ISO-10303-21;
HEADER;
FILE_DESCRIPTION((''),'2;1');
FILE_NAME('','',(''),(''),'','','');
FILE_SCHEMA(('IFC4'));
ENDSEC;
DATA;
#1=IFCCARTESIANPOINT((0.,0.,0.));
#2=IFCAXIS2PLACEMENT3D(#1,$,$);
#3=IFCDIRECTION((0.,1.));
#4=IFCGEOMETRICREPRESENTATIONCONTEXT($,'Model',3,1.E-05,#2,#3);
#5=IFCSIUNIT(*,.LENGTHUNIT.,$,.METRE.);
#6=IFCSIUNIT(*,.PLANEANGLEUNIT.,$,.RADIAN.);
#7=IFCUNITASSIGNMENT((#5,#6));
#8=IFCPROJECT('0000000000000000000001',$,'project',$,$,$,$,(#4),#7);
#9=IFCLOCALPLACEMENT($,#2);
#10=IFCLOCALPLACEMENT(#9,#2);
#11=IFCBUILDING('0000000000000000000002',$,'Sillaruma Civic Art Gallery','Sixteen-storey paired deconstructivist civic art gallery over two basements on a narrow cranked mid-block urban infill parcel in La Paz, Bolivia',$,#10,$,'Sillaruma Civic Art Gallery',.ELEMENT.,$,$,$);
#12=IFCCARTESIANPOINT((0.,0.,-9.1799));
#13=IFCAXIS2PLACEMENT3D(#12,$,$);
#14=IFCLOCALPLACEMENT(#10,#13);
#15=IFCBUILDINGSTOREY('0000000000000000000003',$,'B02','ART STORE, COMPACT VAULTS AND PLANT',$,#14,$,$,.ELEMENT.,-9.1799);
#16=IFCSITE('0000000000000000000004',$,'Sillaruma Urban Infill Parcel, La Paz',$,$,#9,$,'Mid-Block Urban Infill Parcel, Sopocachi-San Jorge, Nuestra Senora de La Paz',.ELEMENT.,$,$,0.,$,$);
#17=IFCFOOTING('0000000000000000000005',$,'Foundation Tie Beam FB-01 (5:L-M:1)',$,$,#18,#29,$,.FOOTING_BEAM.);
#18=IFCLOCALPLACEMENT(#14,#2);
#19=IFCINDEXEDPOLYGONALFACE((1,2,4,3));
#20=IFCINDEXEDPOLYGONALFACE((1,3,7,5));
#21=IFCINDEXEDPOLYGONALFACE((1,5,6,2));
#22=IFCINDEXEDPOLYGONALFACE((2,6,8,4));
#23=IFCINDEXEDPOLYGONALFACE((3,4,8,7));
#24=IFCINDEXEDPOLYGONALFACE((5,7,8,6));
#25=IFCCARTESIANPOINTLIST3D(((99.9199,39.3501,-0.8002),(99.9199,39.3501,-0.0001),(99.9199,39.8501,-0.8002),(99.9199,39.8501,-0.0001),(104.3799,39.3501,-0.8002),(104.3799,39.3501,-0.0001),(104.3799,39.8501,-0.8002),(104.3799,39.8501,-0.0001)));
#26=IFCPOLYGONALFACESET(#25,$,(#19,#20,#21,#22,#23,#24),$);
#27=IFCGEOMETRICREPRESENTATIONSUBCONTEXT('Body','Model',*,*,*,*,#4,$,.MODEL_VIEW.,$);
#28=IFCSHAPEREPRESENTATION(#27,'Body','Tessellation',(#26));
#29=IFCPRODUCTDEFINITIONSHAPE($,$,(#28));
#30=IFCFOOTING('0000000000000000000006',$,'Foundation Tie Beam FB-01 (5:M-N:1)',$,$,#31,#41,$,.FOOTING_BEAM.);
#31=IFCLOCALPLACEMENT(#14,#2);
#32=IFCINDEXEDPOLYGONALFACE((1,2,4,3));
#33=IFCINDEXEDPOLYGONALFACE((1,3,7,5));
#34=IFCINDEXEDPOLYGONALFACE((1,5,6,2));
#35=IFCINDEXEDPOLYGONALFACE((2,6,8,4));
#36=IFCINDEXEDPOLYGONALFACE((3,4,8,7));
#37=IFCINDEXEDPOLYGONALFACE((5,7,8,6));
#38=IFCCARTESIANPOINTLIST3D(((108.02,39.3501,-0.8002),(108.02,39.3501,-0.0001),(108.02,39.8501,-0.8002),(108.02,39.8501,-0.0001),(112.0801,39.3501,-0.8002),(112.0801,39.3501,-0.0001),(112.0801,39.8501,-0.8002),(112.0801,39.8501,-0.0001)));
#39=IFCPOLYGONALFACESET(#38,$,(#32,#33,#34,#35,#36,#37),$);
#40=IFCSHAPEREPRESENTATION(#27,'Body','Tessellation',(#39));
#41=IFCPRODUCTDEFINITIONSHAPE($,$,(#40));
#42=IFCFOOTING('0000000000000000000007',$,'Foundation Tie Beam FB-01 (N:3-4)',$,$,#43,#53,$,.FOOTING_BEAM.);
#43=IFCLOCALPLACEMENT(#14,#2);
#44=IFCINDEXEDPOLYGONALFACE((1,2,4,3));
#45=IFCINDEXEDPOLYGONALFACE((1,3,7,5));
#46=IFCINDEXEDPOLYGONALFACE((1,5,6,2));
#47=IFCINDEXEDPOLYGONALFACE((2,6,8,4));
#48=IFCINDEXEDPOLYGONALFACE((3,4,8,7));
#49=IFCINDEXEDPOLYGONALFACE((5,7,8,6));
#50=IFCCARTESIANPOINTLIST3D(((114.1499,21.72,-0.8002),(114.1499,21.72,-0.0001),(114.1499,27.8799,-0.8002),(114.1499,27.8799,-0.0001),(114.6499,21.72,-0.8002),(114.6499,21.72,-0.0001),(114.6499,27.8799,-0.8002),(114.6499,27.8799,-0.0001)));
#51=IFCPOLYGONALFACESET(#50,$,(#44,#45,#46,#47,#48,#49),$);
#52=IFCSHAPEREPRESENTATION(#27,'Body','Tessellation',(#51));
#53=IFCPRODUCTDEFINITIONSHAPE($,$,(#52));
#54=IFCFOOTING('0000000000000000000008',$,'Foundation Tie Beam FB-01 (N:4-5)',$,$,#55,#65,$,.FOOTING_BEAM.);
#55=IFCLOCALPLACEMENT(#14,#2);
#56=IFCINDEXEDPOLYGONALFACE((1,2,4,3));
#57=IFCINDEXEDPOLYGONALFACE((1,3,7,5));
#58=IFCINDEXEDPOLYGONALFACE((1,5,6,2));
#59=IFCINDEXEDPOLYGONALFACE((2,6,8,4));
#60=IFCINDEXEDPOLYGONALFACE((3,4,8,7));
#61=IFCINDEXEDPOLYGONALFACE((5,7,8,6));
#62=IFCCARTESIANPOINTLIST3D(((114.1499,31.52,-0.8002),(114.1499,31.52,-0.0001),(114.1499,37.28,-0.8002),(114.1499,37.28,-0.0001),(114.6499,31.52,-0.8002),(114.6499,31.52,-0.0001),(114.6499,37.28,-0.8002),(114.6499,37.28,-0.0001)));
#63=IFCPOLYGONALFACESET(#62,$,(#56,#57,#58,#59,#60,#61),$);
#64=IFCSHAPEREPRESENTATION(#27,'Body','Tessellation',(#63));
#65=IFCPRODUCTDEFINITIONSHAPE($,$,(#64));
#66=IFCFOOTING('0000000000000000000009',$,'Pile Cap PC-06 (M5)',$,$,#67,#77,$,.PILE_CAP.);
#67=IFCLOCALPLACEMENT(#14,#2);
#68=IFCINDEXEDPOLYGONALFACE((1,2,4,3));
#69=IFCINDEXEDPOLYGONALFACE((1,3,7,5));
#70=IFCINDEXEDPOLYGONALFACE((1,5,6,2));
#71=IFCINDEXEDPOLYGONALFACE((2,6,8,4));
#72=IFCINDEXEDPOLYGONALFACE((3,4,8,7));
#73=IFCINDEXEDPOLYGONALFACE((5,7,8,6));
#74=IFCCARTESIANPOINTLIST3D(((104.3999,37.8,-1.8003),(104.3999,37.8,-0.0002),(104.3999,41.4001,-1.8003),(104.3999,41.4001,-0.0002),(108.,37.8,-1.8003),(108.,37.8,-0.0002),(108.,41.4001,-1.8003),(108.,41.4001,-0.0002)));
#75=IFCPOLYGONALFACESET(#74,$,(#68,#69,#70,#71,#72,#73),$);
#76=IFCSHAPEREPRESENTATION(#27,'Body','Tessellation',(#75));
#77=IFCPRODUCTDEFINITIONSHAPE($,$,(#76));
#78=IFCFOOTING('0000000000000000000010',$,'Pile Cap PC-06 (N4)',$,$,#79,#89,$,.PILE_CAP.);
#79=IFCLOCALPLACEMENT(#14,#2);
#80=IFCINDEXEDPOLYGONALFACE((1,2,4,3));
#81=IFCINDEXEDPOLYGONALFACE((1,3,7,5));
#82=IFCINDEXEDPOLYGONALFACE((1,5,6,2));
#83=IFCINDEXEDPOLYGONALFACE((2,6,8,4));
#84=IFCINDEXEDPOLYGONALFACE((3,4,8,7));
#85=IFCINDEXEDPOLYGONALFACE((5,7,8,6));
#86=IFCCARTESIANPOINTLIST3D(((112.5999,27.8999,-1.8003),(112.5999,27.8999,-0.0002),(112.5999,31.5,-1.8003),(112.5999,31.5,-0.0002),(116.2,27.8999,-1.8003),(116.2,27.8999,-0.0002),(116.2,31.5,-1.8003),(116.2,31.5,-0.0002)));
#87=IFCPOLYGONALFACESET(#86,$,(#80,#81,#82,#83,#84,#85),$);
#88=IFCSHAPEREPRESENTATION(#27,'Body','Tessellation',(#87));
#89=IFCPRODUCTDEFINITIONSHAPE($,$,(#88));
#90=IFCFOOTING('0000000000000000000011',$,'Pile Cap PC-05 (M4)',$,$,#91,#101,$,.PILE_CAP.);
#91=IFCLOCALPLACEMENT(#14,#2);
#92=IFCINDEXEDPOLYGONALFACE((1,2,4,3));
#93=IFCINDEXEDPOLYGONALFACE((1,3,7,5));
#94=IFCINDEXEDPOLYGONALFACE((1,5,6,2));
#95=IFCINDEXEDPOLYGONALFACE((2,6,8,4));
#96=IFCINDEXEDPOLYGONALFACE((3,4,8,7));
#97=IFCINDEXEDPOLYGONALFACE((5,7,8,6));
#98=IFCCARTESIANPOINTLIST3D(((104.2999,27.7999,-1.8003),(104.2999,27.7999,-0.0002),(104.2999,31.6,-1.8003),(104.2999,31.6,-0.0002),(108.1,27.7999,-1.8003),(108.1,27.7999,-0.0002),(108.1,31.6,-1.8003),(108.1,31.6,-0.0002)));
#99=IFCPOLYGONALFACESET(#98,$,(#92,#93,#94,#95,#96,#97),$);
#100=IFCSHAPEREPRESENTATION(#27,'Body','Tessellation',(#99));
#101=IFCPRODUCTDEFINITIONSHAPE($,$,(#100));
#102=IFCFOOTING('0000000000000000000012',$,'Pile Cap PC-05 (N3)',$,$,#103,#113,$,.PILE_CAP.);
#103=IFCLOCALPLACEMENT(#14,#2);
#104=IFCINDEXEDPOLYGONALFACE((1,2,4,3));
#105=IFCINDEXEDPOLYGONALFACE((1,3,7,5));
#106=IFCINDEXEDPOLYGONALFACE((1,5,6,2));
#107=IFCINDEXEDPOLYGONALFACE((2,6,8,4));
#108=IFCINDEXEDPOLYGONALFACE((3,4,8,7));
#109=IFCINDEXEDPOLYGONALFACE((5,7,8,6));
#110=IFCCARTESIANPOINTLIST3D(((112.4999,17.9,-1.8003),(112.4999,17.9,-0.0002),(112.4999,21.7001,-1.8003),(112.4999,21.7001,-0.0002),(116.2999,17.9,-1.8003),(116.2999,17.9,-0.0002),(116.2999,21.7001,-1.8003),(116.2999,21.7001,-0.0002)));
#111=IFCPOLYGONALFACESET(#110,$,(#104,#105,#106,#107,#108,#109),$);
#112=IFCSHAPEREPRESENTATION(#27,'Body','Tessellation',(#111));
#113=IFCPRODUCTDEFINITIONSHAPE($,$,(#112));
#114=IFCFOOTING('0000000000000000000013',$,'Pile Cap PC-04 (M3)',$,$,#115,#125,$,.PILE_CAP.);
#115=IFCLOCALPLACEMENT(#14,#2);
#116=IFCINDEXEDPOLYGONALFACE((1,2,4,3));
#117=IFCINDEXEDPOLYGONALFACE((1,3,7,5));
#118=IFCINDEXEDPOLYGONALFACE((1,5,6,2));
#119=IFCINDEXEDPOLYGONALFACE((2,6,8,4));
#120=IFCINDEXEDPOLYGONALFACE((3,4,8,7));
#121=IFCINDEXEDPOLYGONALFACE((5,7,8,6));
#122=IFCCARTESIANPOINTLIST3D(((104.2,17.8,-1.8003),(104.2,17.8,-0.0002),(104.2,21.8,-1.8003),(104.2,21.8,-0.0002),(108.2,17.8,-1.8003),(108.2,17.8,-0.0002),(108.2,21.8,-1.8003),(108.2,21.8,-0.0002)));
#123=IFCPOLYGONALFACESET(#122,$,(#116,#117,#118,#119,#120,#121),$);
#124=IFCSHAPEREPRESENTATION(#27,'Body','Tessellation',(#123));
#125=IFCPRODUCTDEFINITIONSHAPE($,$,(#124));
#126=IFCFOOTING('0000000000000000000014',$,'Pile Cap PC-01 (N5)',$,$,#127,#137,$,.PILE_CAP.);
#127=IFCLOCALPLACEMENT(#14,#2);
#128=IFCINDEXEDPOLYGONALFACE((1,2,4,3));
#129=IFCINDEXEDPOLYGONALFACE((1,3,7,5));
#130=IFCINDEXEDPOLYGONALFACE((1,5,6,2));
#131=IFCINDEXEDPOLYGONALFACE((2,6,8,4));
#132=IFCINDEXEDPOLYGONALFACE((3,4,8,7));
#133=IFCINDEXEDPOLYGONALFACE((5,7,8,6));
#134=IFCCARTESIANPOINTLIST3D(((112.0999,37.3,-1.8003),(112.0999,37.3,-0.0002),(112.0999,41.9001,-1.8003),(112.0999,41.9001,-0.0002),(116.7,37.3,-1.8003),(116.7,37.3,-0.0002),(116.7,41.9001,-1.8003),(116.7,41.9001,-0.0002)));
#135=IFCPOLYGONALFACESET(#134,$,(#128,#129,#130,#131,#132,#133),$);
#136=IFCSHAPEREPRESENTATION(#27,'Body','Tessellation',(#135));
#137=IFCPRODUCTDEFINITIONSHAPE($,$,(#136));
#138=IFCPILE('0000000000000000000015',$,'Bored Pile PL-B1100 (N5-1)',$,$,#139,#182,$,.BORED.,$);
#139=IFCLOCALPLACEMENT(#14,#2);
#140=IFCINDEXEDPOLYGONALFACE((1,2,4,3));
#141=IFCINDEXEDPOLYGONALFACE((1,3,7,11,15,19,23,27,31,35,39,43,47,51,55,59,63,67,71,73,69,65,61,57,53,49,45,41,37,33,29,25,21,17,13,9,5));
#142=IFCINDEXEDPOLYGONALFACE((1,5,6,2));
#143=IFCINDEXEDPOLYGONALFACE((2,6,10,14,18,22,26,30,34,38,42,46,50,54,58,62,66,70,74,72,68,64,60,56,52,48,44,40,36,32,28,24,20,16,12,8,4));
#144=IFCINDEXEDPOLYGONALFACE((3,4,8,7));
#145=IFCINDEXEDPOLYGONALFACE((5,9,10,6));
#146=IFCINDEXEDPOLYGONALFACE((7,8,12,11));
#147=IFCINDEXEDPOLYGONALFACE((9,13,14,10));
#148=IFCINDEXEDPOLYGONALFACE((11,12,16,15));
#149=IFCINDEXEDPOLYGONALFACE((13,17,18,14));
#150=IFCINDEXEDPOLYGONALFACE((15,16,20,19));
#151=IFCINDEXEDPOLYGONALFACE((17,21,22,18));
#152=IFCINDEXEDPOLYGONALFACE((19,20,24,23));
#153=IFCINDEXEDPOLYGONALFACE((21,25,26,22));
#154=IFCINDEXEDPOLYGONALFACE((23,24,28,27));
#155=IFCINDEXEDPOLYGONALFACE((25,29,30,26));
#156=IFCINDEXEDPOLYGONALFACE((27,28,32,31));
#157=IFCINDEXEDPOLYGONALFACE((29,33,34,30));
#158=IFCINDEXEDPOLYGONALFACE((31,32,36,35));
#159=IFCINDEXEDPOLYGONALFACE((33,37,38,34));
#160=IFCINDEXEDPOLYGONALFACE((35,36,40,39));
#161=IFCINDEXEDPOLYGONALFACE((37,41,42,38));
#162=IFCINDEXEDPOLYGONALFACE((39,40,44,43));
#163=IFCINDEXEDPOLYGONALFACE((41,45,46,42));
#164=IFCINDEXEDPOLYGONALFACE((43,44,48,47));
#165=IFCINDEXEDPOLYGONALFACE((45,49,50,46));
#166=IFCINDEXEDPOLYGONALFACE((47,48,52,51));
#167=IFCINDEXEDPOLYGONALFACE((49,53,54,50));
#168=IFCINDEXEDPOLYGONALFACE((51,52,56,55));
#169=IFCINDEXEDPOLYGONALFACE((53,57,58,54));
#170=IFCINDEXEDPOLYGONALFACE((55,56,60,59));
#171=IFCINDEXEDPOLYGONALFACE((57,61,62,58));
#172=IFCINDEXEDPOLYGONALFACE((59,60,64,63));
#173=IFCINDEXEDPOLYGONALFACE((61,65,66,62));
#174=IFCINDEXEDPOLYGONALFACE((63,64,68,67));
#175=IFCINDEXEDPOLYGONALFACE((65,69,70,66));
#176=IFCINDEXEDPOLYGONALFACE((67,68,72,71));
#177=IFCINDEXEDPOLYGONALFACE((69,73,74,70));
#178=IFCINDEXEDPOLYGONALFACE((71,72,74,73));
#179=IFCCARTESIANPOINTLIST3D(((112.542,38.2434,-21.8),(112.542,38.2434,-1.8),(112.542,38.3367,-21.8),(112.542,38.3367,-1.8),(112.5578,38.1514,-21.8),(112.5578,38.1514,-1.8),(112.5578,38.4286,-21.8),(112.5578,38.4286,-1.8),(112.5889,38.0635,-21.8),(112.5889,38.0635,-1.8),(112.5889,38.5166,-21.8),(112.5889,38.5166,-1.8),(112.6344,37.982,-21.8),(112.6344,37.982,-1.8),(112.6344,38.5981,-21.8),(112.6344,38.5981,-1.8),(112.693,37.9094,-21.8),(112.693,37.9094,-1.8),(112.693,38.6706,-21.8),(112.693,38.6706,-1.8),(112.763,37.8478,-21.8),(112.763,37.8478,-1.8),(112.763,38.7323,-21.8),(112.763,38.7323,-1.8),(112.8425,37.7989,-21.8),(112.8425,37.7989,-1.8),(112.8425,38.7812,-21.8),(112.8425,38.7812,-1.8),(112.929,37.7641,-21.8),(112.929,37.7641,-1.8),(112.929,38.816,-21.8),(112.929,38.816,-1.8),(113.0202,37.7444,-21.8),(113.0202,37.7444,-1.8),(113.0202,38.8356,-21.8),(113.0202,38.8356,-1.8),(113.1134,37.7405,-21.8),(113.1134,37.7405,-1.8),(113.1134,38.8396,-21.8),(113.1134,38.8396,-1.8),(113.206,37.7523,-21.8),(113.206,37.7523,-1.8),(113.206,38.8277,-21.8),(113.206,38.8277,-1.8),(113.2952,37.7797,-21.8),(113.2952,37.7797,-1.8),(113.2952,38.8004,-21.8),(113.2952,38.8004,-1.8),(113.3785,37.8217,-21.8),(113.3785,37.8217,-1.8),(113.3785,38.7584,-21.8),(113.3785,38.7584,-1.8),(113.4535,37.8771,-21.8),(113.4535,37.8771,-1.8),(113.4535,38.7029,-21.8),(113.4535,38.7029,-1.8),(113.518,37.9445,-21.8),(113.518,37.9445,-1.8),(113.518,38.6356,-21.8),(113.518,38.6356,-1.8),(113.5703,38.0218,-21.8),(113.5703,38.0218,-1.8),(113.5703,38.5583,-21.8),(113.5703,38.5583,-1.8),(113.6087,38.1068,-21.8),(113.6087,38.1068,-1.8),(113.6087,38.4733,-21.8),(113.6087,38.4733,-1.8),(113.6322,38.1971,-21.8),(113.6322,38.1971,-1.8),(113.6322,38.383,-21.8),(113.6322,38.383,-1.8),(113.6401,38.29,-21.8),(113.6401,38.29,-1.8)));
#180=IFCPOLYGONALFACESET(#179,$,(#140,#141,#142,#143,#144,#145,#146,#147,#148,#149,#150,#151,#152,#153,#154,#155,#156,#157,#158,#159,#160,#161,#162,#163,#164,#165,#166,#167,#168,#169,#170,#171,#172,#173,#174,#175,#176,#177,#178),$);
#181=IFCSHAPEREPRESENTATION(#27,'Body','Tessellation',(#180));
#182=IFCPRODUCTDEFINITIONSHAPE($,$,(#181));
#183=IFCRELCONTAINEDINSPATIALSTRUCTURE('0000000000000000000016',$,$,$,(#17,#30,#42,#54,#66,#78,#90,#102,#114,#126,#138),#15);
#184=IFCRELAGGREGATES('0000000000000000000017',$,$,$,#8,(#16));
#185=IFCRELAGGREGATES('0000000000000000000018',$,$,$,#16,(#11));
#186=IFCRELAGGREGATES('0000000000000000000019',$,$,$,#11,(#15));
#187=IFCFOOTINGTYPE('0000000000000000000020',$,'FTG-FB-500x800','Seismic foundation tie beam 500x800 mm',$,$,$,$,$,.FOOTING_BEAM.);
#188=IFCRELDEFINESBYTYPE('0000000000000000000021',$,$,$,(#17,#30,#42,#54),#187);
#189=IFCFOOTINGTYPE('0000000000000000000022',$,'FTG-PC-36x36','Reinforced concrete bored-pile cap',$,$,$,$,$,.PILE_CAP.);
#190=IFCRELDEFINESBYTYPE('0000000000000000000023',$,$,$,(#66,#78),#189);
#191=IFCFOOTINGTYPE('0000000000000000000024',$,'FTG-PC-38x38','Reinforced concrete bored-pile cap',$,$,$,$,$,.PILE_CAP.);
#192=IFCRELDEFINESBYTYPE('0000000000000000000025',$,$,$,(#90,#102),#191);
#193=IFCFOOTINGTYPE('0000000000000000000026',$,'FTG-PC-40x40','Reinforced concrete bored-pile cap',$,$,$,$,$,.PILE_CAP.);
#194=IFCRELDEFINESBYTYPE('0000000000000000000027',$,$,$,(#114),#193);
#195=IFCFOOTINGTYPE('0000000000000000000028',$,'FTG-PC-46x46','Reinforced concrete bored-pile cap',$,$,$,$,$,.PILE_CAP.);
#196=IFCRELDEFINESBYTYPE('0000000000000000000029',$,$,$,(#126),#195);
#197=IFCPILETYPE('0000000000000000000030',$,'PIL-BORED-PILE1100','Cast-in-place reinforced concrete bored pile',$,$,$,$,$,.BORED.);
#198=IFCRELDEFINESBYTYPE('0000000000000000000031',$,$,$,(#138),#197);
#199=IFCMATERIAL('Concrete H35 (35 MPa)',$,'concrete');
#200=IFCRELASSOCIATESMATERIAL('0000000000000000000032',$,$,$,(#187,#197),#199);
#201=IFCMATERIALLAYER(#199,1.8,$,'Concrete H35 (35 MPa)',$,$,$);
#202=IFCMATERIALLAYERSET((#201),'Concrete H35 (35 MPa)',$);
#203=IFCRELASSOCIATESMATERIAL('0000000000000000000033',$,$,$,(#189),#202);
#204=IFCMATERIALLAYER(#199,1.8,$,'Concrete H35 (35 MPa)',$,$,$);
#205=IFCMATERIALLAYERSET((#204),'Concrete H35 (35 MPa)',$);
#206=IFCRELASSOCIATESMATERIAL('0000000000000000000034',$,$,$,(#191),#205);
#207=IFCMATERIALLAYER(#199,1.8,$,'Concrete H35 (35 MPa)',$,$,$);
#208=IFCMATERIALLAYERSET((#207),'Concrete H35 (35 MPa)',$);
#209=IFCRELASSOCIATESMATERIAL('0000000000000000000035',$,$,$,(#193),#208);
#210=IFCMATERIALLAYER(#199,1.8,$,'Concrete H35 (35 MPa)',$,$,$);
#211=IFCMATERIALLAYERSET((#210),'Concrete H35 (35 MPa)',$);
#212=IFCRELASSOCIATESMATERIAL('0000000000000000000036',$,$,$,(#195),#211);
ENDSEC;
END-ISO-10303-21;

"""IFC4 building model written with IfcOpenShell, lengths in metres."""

from ifc_helpers import new_model, si_unit, direction, frame, origin, origin_2d, place, context, subcontext, project, spatial, rectangle, circle, extrude, material, layer, layer_set, material_profile, profile_set, type_object, element, save


model = new_model("IFC4")

# Units and contexts
model_context = context("Model", 3, precision=1e-05, world=origin(), true_north=direction((0.0, 1.0)))
body_context = subcontext(model_context, "Body", "Model", "MODEL_VIEW")
ifc_project = project(units=[si_unit("LENGTHUNIT", "METRE"), si_unit("PLANEANGLEUNIT", "RADIAN")], contexts=[model_context])

# Site, building, storey
site_placement = place(None, origin())
site = spatial("IfcSite", under=ifc_project, at=site_placement, Name="Sillaruma Urban Infill Parcel, La Paz", LongName="Mid-Block Urban Infill Parcel, Sopocachi-San Jorge, Nuestra Senora de La Paz", CompositionType="ELEMENT", RefElevation=0.0)
building_placement = place(site_placement, origin())
building = spatial("IfcBuilding", under=site, at=building_placement, Name="Sillaruma Civic Art Gallery", Description="Sixteen-storey paired deconstructivist civic art gallery over two basements on a narrow cranked mid-block urban infill parcel in La Paz, Bolivia", LongName="Sillaruma Civic Art Gallery", CompositionType="ELEMENT")
storey_placement = place(building_placement, frame((0.0, 0.0, -9.1799)))
storey = spatial("IfcBuildingStorey", under=building, at=storey_placement, Name="B02", Description="ART STORE, COMPACT VAULTS AND PLANT", CompositionType="ELEMENT", Elevation=-9.1799)

# Footings
ifc_material_1 = material(Name="Concrete H35 (35 MPa)", Category="concrete")
ifc_material_profile_1 = material_profile(ifc_material_1, rectangle(XDim=0.5, YDim=0.8, at=origin_2d()), Name="RCB500x800")
ifc_profile_set_1 = profile_set([ifc_material_profile_1], Name="Concrete H35 (35 MPa)")
footing_type_1 = type_object("IfcFootingType", Name="FTG-FB-500x800", Description="Seismic foundation tie beam 500x800 mm", PredefinedType="FOOTING_BEAM", material=ifc_profile_set_1)
footing_1_placement = place(storey_placement, frame((99.9199, 39.6001, -0.4001), z_axis=(1.0, 0.0, 0.0), x_axis=(0.0, 1.0, 0.0)))
element("IfcFooting", 1, at=footing_1_placement, inside=storey, type_object=footing_type_1, Name="Foundation Tie Beam FB-01 (5:L-M:1)", PredefinedType="FOOTING_BEAM", context=body_context, shape_type="SweptSolid", body=[
    extrude(rectangle(XDim=0.5, YDim=0.8, at=origin_2d()), origin(), (0.0, 0.0, 1.0), 4.46),
])
footing_2_placement = place(storey_placement, frame((108.02, 39.6001, -0.4001), z_axis=(1.0, 0.0, 0.0), x_axis=(0.0, 1.0, 0.0)))
element("IfcFooting", 2, at=footing_2_placement, inside=storey, type_object=footing_type_1, Name="Foundation Tie Beam FB-01 (5:M-N:1)", PredefinedType="FOOTING_BEAM", context=body_context, shape_type="SweptSolid", body=[
    extrude(rectangle(XDim=0.5, YDim=0.8, at=origin_2d()), origin(), (0.0, 0.0, 1.0), 4.0601),
])
footing_3_placement = place(storey_placement, frame((114.3999, 21.72, -0.4001), z_axis=(0.0, 1.0, 0.0), x_axis=(-1.0, 0.0, 0.0)))
element("IfcFooting", 3, at=footing_3_placement, inside=storey, type_object=footing_type_1, Name="Foundation Tie Beam FB-01 (N:3-4)", PredefinedType="FOOTING_BEAM", context=body_context, shape_type="SweptSolid", body=[
    extrude(rectangle(XDim=0.5, YDim=0.8, at=origin_2d()), origin(), (0.0, 0.0, 1.0), 6.1599),
])
footing_4_placement = place(storey_placement, frame((114.3999, 31.52, -0.4001), z_axis=(0.0, 1.0, 0.0), x_axis=(-1.0, 0.0, 0.0)))
element("IfcFooting", 4, at=footing_4_placement, inside=storey, type_object=footing_type_1, Name="Foundation Tie Beam FB-01 (N:4-5)", PredefinedType="FOOTING_BEAM", context=body_context, shape_type="SweptSolid", body=[
    extrude(rectangle(XDim=0.5, YDim=0.8, at=origin_2d()), origin(), (0.0, 0.0, 1.0), 5.76),
])
ifc_layer_1 = layer(ifc_material_1, 1.8, Name="Concrete H35 (35 MPa)")
ifc_layer_set_1 = layer_set([ifc_layer_1], Name="Concrete H35 (35 MPa)")
footing_type_2 = type_object("IfcFootingType", Name="FTG-PC-36x36", Description="Reinforced concrete bored-pile cap", PredefinedType="PILE_CAP", material=ifc_layer_set_1)
for number, where, z_axis, x_axis, name in (
    (5, (106.2, 39.6001, -1.8003), (0.0, 0.0, 1.0), (1.0, 0.0, 0.0), "Pile Cap PC-06 (M5)"),
    (6, (114.3999, 29.7, -1.8003), (0.0, 0.0, 1.0), (1.0, 0.0, 0.0), "Pile Cap PC-06 (N4)"),
):
    element("IfcFooting", number, at=place(storey_placement, frame(where, z_axis=z_axis, x_axis=x_axis)), inside=storey, type_object=footing_type_2, Name=name, PredefinedType="PILE_CAP", context=body_context, shape_type="SweptSolid", body=[
        extrude(rectangle(XDim=3.6001, YDim=3.6001, at=origin_2d()), origin(), (0.0, 0.0, 1.0), 1.8),
    ])
ifc_layer_2 = layer(ifc_material_1, 1.8, Name="Concrete H35 (35 MPa)")
ifc_layer_set_2 = layer_set([ifc_layer_2], Name="Concrete H35 (35 MPa)")
footing_type_3 = type_object("IfcFootingType", Name="FTG-PC-38x38", Description="Reinforced concrete bored-pile cap", PredefinedType="PILE_CAP", material=ifc_layer_set_2)
for number, where, z_axis, x_axis, name in (
    (7, (106.2, 29.7, -1.8003), (0.0, 0.0, 1.0), (1.0, 0.0, 0.0), "Pile Cap PC-05 (M4)"),
    (8, (114.3999, 19.8, -1.8003), (0.0, 0.0, 1.0), (1.0, 0.0, 0.0), "Pile Cap PC-05 (N3)"),
):
    element("IfcFooting", number, at=place(storey_placement, frame(where, z_axis=z_axis, x_axis=x_axis)), inside=storey, type_object=footing_type_3, Name=name, PredefinedType="PILE_CAP", context=body_context, shape_type="SweptSolid", body=[
        extrude(rectangle(XDim=3.8, YDim=3.8, at=origin_2d()), origin(), (0.0, 0.0, 1.0), 1.8),
    ])
ifc_layer_3 = layer(ifc_material_1, 1.8, Name="Concrete H35 (35 MPa)")
ifc_layer_set_3 = layer_set([ifc_layer_3], Name="Concrete H35 (35 MPa)")
footing_type_4 = type_object("IfcFootingType", Name="FTG-PC-40x40", Description="Reinforced concrete bored-pile cap", PredefinedType="PILE_CAP", material=ifc_layer_set_3)
footing_5_placement = place(storey_placement, frame((106.2, 19.8, -1.8003), z_axis=(0.0, 0.0, 1.0), x_axis=(1.0, 0.0, 0.0)))
element("IfcFooting", 9, at=footing_5_placement, inside=storey, type_object=footing_type_4, Name="Pile Cap PC-04 (M3)", PredefinedType="PILE_CAP", context=body_context, shape_type="SweptSolid", body=[
    extrude(rectangle(XDim=4.0, YDim=4.0, at=origin_2d()), origin(), (0.0, 0.0, 1.0), 1.8),
])
ifc_layer_4 = layer(ifc_material_1, 1.8, Name="Concrete H35 (35 MPa)")
ifc_layer_set_4 = layer_set([ifc_layer_4], Name="Concrete H35 (35 MPa)")
footing_type_5 = type_object("IfcFootingType", Name="FTG-PC-46x46", Description="Reinforced concrete bored-pile cap", PredefinedType="PILE_CAP", material=ifc_layer_set_4)
footing_6_placement = place(storey_placement, frame((114.3999, 39.6001, -1.8003), z_axis=(0.0, 0.0, 1.0), x_axis=(1.0, 0.0, 0.0)))
element("IfcFooting", 10, at=footing_6_placement, inside=storey, type_object=footing_type_5, Name="Pile Cap PC-01 (N5)", PredefinedType="PILE_CAP", context=body_context, shape_type="SweptSolid", body=[
    extrude(rectangle(XDim=4.6001, YDim=4.6001, at=origin_2d()), origin(), (0.0, 0.0, 1.0), 1.8),
])

# Pile
ifc_material_profile_2 = material_profile(ifc_material_1, circle(Radius=0.55, at=origin_2d()), Name="PILE1100")
ifc_profile_set_2 = profile_set([ifc_material_profile_2], Name="Concrete H35 (35 MPa)")
pile_type_1 = type_object("IfcPileType", Name="PIL-BORED-PILE1100", Description="Cast-in-place reinforced concrete bored pile", PredefinedType="BORED", material=ifc_profile_set_2)
for number, where, z_axis, x_axis, name in (
    (11, (113.0901, 38.29, -1.8), (0.0, 0.0, -1.0), (1.0, 0.0, 0.0), "Bored Pile PL-B1100 (N5-1)"),
):
    element("IfcPile", number, at=place(storey_placement, frame(where, z_axis=z_axis, x_axis=x_axis)), inside=storey, type_object=pile_type_1, Name=name, PredefinedType="BORED", context=body_context, shape_type="SweptSolid", body=[
        extrude(circle(Radius=0.55, at=origin_2d()), origin(), (0.0, 0.0, 1.0), 20.0),
    ])

save(model, "model.ifc")
